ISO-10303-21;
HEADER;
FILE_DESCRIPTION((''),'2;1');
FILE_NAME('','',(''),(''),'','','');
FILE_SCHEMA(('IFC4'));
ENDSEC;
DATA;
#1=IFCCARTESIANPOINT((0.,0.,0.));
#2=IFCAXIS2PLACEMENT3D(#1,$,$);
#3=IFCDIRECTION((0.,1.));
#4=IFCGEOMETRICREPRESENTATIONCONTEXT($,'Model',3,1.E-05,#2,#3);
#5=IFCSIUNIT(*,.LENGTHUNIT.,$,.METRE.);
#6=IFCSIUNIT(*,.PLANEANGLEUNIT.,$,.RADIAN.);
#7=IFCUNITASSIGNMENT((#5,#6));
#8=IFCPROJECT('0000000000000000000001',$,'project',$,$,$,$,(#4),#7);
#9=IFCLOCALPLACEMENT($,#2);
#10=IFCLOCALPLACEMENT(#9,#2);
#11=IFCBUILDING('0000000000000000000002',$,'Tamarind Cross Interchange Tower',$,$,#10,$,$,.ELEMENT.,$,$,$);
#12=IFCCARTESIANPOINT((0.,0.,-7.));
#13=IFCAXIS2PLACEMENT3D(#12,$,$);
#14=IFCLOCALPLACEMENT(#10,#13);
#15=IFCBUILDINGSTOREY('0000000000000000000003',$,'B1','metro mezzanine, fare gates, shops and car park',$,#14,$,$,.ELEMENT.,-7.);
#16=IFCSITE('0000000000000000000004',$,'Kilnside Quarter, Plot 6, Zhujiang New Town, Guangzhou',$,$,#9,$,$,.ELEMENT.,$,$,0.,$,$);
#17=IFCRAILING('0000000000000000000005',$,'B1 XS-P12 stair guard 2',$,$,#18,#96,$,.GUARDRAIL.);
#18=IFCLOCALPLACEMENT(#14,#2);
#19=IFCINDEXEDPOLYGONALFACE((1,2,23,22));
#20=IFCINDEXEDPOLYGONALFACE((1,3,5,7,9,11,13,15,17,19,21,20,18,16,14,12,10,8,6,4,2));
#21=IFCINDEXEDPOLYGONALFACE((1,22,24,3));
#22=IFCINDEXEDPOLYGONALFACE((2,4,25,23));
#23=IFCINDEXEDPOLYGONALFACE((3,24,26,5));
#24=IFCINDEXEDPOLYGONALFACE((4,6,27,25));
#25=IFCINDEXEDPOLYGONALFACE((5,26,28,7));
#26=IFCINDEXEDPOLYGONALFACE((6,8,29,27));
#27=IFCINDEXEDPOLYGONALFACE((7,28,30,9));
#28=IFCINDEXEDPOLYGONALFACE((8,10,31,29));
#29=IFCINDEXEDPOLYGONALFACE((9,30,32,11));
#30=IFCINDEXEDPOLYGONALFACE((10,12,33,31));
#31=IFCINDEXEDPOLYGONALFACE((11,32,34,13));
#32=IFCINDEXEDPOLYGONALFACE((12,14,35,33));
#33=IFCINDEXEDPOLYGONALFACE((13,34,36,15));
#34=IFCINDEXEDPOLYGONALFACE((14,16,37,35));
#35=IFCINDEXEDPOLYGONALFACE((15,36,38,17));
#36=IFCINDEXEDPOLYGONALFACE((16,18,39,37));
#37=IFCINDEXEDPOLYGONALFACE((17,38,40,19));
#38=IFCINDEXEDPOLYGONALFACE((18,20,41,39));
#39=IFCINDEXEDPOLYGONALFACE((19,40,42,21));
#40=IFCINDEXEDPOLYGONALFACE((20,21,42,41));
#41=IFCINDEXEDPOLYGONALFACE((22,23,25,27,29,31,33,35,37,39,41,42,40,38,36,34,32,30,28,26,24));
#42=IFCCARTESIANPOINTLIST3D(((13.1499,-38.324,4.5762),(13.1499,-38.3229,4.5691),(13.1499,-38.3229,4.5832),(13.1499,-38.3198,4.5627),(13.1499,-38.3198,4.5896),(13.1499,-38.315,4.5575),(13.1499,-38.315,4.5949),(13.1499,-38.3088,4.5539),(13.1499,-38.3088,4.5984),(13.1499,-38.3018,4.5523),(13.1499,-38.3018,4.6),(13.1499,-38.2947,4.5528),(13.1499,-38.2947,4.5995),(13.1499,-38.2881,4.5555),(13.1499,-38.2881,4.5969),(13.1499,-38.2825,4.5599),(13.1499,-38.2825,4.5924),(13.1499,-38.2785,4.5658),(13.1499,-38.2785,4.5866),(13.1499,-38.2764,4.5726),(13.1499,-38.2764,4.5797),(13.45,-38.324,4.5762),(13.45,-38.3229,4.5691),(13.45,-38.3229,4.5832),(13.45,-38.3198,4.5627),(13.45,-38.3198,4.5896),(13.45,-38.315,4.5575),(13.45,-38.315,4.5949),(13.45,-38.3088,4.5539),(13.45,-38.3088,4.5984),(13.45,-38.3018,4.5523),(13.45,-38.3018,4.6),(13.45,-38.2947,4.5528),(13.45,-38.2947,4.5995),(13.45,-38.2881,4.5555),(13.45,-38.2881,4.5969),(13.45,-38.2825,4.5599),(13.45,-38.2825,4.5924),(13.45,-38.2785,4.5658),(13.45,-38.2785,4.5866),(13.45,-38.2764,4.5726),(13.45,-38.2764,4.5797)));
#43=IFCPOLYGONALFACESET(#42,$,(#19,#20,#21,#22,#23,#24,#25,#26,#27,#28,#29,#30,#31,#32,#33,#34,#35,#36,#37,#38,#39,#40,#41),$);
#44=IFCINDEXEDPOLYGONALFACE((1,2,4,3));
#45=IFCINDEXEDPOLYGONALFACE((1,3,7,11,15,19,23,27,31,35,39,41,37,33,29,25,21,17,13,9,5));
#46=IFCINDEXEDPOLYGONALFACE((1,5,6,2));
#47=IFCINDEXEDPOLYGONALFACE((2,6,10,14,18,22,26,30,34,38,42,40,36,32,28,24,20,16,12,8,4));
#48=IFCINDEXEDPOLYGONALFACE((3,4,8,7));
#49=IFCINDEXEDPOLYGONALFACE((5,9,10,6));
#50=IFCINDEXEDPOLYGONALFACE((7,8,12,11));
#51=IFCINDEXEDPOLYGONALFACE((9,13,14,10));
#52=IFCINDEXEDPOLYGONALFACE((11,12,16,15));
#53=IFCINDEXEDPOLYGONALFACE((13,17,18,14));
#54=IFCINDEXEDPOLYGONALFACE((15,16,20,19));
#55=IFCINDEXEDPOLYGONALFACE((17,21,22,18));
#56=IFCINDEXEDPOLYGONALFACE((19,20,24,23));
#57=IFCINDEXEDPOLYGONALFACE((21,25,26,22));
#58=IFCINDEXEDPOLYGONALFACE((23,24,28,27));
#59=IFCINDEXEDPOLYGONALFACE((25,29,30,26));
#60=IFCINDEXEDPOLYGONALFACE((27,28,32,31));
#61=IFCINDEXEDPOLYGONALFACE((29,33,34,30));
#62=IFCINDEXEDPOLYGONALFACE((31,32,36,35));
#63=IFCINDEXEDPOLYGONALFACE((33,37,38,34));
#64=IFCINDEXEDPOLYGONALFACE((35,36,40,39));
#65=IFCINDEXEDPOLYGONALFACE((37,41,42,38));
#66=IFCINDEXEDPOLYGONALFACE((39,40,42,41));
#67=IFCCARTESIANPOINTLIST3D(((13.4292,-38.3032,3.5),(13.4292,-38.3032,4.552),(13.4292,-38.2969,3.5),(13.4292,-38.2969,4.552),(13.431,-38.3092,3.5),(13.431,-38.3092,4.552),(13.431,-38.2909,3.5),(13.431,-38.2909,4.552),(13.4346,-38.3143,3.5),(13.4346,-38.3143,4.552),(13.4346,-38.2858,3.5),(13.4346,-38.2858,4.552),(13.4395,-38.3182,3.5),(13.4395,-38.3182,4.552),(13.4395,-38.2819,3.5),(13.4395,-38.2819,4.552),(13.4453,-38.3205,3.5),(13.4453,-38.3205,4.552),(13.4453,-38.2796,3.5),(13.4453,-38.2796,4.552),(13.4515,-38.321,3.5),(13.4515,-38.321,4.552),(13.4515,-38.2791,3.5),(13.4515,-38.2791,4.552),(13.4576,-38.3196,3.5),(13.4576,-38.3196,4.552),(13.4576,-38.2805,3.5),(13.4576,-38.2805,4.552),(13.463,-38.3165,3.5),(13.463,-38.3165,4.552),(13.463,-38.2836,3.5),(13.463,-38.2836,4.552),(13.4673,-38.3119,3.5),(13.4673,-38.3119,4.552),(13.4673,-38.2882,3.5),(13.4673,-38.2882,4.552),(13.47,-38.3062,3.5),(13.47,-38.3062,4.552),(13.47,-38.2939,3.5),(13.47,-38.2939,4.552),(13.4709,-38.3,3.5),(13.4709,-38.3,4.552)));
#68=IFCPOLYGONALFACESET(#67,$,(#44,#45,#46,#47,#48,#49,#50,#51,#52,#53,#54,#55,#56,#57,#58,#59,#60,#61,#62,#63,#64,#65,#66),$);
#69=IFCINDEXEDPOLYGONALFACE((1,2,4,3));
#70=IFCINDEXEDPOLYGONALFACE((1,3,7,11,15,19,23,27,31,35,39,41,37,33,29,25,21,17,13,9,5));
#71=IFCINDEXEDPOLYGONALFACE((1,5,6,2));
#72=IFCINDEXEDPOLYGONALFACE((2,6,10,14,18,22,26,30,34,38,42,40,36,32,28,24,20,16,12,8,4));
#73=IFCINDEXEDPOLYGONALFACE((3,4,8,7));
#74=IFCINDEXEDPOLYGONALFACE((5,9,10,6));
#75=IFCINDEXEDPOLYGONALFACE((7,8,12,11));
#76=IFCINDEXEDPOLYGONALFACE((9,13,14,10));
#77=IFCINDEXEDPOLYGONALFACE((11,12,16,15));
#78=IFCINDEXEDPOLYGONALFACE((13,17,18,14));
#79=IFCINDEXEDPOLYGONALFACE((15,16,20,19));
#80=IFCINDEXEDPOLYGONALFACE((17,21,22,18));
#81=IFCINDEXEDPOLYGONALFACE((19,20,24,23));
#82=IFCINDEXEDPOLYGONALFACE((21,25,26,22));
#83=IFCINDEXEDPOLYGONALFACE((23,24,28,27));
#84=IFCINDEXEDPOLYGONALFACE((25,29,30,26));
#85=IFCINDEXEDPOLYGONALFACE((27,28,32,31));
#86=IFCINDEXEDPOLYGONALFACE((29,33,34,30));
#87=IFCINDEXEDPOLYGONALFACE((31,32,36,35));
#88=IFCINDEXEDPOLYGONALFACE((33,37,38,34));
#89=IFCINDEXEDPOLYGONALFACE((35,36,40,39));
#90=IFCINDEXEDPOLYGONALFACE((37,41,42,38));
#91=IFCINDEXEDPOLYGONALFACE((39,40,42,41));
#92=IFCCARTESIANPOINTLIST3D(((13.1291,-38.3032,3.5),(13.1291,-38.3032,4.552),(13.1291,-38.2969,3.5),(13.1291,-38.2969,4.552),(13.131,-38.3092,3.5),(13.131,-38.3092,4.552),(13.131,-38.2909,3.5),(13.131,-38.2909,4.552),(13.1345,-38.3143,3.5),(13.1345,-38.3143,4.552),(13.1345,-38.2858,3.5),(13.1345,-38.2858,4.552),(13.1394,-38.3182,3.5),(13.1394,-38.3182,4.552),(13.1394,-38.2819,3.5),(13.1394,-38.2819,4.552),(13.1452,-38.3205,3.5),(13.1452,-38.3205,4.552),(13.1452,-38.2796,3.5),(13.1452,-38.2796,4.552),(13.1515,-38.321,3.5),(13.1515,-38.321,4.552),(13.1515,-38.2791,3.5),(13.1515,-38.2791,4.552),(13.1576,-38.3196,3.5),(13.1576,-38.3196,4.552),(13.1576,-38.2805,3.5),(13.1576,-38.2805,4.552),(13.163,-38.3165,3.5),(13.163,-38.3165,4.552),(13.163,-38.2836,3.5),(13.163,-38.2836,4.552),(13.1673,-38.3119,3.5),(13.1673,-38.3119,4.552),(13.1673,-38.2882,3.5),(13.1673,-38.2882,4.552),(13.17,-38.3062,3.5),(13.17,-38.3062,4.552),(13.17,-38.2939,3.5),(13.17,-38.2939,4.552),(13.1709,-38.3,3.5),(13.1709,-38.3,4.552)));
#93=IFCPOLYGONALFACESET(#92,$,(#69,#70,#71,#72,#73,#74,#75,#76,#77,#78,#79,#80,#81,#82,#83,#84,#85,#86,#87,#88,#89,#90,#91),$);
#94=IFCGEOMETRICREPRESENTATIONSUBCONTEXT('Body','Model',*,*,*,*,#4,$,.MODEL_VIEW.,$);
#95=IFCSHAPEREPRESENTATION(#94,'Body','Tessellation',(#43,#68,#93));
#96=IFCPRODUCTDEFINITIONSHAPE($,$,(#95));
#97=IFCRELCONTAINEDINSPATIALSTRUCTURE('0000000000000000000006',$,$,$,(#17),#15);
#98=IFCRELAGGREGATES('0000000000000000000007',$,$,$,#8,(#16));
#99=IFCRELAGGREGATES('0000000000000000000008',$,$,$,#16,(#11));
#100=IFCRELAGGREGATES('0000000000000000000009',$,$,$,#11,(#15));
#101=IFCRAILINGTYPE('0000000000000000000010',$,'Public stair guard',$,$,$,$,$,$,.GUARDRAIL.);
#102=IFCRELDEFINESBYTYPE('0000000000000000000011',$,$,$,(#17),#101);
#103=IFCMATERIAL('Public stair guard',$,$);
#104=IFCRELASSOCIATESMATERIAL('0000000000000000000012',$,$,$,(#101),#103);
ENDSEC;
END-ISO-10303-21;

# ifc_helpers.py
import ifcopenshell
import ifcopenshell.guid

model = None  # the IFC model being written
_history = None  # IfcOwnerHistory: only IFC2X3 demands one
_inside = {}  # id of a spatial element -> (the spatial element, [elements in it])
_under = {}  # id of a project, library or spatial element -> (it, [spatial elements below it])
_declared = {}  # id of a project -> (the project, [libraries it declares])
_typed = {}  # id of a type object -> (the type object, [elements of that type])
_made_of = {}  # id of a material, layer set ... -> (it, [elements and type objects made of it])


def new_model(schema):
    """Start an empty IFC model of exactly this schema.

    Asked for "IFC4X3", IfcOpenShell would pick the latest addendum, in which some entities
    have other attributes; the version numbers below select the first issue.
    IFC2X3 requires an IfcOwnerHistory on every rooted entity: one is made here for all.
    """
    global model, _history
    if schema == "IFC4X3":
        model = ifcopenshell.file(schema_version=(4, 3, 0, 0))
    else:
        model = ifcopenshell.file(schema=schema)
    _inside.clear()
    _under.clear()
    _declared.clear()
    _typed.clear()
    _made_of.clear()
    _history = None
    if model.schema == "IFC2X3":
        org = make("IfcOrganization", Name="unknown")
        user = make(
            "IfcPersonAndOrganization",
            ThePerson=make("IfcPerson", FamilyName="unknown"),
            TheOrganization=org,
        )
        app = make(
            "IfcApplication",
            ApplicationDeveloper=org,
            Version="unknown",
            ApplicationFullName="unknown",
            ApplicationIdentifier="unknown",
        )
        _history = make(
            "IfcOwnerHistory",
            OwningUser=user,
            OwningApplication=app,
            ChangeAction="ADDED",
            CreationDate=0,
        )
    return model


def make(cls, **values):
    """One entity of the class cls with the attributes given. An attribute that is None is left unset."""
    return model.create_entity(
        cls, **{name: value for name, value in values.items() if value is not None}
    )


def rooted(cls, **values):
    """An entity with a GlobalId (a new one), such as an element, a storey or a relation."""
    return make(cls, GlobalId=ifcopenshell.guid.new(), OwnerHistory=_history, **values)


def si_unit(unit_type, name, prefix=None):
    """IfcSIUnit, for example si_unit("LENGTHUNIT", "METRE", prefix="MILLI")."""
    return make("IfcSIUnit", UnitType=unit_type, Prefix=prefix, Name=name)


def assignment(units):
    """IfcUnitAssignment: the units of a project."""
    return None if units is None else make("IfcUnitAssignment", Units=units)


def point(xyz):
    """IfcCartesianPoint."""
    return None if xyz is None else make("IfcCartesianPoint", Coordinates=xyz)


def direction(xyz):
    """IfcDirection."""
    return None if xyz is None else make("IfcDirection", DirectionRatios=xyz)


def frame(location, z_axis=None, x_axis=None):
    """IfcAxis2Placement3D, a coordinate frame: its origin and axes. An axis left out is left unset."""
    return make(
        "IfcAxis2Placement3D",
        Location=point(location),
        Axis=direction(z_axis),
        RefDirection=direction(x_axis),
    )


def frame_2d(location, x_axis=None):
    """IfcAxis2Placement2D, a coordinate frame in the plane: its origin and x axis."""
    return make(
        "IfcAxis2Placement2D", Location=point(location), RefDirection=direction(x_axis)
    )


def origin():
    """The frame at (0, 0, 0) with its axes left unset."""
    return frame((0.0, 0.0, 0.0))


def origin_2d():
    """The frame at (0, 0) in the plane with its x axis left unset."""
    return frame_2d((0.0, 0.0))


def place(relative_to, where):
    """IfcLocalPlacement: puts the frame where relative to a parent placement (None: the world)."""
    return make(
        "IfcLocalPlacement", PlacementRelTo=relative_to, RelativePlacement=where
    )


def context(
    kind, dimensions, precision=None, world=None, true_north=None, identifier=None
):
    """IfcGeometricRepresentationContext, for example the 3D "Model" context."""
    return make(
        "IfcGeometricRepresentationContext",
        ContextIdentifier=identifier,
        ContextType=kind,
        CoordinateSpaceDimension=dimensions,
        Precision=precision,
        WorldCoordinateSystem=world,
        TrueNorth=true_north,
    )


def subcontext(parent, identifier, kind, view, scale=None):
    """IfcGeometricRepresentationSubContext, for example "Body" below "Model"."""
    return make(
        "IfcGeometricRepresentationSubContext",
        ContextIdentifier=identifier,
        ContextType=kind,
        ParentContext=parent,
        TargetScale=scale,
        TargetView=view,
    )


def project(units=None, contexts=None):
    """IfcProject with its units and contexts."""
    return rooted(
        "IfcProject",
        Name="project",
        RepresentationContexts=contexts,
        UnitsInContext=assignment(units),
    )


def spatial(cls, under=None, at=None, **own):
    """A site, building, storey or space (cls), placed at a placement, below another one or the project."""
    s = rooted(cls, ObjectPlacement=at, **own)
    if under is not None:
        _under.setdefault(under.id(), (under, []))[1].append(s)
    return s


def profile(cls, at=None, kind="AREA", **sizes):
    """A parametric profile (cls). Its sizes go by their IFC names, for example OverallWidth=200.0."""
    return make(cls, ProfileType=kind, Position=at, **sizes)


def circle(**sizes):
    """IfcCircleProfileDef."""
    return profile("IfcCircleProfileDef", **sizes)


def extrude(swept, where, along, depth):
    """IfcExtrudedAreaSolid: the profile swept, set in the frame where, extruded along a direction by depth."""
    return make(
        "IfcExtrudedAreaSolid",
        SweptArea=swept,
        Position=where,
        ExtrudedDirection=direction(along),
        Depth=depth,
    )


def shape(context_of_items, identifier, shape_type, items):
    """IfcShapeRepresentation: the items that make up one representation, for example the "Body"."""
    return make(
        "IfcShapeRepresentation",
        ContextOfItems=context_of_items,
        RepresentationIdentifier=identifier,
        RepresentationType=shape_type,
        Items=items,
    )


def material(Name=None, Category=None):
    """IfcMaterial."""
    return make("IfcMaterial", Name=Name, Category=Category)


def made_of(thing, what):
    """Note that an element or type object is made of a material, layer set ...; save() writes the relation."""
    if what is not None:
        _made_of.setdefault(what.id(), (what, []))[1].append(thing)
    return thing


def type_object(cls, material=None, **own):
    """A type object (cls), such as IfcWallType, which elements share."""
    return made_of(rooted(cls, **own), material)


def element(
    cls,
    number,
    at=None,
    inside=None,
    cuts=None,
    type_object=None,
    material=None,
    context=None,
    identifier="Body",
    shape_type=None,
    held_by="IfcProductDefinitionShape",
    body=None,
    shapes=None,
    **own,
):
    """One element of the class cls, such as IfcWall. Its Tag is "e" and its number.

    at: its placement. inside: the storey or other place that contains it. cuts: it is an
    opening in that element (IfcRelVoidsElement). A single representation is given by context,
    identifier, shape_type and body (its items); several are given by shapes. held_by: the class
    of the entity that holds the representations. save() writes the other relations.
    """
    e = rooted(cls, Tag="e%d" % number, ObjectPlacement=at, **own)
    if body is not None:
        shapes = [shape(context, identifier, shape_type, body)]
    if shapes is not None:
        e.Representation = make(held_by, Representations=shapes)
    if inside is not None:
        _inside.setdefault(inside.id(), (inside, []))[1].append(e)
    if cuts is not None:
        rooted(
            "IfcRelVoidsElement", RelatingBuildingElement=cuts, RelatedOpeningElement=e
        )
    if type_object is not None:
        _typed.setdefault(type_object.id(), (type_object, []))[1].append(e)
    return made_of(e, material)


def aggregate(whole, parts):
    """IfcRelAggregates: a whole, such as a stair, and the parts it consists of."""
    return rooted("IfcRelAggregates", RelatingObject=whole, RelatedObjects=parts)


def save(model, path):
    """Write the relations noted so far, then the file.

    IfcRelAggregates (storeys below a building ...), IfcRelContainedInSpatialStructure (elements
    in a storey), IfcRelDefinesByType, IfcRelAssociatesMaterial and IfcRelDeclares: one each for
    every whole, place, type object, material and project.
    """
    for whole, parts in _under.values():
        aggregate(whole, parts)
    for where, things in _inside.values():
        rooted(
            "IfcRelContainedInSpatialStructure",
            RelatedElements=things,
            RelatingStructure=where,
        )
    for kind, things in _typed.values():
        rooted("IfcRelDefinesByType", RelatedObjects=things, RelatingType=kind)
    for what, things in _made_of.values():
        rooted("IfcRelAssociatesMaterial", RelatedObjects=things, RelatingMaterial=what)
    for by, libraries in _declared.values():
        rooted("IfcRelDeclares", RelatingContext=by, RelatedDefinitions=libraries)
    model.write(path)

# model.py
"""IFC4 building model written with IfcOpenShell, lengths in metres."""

from ifc_helpers import new_model, si_unit, direction, frame, origin, origin_2d, place, context, subcontext, project, spatial, circle, extrude, material, type_object, element, save


model = new_model("IFC4")

# Units and contexts
model_context = context("Model", 3, precision=1e-05, world=origin(), true_north=direction((0.0, 1.0)))
body_context = subcontext(model_context, "Body", "Model", "MODEL_VIEW")
ifc_project = project(units=[si_unit("LENGTHUNIT", "METRE"), si_unit("PLANEANGLEUNIT", "RADIAN")], contexts=[model_context])

# Site, building, storey
site_placement = place(None, origin())
site = spatial("IfcSite", under=ifc_project, at=site_placement, Name="Kilnside Quarter, Plot 6, Zhujiang New Town, Guangzhou", CompositionType="ELEMENT", RefElevation=0.0)
building_placement = place(site_placement, origin())
building = spatial("IfcBuilding", under=site, at=building_placement, Name="Tamarind Cross Interchange Tower", CompositionType="ELEMENT")
storey_placement = place(building_placement, frame((0.0, 0.0, -7.0)))
storey = spatial("IfcBuildingStorey", under=building, at=storey_placement, Name="B1", Description="metro mezzanine, fare gates, shops and car park", CompositionType="ELEMENT", Elevation=-7.0)

# Railing
ifc_material_1 = material(Name="Public stair guard")
railing_type_1 = type_object("IfcRailingType", Name="Public stair guard", PredefinedType="GUARDRAIL", material=ifc_material_1)
railing_1_placement = place(storey_placement, frame((13.45, -38.3, 3.5)))
element("IfcRailing", 1, at=railing_1_placement, inside=storey, type_object=railing_type_1, Name="B1 XS-P12 stair guard 2", PredefinedType="GUARDRAIL", context=body_context, shape_type="SweptSolid", body=[
    extrude(circle(Radius=0.0239, at=origin_2d()), frame((0.0, 0.0, 1.0762), z_axis=(-1.0, 0.0, 0.0), x_axis=(0.0, -1.0, 0.0)), (0.0, 0.0, 1.0), 0.3),
    extrude(circle(Radius=0.021, at=origin_2d()), origin(), (0.0, 0.0, 1.0), 1.052),
    extrude(circle(Radius=0.021, at=origin_2d()), frame((-0.3, 0.0, 0.0)), (0.0, 0.0, 1.0), 1.052),
])

save(model, "model.ifc")
